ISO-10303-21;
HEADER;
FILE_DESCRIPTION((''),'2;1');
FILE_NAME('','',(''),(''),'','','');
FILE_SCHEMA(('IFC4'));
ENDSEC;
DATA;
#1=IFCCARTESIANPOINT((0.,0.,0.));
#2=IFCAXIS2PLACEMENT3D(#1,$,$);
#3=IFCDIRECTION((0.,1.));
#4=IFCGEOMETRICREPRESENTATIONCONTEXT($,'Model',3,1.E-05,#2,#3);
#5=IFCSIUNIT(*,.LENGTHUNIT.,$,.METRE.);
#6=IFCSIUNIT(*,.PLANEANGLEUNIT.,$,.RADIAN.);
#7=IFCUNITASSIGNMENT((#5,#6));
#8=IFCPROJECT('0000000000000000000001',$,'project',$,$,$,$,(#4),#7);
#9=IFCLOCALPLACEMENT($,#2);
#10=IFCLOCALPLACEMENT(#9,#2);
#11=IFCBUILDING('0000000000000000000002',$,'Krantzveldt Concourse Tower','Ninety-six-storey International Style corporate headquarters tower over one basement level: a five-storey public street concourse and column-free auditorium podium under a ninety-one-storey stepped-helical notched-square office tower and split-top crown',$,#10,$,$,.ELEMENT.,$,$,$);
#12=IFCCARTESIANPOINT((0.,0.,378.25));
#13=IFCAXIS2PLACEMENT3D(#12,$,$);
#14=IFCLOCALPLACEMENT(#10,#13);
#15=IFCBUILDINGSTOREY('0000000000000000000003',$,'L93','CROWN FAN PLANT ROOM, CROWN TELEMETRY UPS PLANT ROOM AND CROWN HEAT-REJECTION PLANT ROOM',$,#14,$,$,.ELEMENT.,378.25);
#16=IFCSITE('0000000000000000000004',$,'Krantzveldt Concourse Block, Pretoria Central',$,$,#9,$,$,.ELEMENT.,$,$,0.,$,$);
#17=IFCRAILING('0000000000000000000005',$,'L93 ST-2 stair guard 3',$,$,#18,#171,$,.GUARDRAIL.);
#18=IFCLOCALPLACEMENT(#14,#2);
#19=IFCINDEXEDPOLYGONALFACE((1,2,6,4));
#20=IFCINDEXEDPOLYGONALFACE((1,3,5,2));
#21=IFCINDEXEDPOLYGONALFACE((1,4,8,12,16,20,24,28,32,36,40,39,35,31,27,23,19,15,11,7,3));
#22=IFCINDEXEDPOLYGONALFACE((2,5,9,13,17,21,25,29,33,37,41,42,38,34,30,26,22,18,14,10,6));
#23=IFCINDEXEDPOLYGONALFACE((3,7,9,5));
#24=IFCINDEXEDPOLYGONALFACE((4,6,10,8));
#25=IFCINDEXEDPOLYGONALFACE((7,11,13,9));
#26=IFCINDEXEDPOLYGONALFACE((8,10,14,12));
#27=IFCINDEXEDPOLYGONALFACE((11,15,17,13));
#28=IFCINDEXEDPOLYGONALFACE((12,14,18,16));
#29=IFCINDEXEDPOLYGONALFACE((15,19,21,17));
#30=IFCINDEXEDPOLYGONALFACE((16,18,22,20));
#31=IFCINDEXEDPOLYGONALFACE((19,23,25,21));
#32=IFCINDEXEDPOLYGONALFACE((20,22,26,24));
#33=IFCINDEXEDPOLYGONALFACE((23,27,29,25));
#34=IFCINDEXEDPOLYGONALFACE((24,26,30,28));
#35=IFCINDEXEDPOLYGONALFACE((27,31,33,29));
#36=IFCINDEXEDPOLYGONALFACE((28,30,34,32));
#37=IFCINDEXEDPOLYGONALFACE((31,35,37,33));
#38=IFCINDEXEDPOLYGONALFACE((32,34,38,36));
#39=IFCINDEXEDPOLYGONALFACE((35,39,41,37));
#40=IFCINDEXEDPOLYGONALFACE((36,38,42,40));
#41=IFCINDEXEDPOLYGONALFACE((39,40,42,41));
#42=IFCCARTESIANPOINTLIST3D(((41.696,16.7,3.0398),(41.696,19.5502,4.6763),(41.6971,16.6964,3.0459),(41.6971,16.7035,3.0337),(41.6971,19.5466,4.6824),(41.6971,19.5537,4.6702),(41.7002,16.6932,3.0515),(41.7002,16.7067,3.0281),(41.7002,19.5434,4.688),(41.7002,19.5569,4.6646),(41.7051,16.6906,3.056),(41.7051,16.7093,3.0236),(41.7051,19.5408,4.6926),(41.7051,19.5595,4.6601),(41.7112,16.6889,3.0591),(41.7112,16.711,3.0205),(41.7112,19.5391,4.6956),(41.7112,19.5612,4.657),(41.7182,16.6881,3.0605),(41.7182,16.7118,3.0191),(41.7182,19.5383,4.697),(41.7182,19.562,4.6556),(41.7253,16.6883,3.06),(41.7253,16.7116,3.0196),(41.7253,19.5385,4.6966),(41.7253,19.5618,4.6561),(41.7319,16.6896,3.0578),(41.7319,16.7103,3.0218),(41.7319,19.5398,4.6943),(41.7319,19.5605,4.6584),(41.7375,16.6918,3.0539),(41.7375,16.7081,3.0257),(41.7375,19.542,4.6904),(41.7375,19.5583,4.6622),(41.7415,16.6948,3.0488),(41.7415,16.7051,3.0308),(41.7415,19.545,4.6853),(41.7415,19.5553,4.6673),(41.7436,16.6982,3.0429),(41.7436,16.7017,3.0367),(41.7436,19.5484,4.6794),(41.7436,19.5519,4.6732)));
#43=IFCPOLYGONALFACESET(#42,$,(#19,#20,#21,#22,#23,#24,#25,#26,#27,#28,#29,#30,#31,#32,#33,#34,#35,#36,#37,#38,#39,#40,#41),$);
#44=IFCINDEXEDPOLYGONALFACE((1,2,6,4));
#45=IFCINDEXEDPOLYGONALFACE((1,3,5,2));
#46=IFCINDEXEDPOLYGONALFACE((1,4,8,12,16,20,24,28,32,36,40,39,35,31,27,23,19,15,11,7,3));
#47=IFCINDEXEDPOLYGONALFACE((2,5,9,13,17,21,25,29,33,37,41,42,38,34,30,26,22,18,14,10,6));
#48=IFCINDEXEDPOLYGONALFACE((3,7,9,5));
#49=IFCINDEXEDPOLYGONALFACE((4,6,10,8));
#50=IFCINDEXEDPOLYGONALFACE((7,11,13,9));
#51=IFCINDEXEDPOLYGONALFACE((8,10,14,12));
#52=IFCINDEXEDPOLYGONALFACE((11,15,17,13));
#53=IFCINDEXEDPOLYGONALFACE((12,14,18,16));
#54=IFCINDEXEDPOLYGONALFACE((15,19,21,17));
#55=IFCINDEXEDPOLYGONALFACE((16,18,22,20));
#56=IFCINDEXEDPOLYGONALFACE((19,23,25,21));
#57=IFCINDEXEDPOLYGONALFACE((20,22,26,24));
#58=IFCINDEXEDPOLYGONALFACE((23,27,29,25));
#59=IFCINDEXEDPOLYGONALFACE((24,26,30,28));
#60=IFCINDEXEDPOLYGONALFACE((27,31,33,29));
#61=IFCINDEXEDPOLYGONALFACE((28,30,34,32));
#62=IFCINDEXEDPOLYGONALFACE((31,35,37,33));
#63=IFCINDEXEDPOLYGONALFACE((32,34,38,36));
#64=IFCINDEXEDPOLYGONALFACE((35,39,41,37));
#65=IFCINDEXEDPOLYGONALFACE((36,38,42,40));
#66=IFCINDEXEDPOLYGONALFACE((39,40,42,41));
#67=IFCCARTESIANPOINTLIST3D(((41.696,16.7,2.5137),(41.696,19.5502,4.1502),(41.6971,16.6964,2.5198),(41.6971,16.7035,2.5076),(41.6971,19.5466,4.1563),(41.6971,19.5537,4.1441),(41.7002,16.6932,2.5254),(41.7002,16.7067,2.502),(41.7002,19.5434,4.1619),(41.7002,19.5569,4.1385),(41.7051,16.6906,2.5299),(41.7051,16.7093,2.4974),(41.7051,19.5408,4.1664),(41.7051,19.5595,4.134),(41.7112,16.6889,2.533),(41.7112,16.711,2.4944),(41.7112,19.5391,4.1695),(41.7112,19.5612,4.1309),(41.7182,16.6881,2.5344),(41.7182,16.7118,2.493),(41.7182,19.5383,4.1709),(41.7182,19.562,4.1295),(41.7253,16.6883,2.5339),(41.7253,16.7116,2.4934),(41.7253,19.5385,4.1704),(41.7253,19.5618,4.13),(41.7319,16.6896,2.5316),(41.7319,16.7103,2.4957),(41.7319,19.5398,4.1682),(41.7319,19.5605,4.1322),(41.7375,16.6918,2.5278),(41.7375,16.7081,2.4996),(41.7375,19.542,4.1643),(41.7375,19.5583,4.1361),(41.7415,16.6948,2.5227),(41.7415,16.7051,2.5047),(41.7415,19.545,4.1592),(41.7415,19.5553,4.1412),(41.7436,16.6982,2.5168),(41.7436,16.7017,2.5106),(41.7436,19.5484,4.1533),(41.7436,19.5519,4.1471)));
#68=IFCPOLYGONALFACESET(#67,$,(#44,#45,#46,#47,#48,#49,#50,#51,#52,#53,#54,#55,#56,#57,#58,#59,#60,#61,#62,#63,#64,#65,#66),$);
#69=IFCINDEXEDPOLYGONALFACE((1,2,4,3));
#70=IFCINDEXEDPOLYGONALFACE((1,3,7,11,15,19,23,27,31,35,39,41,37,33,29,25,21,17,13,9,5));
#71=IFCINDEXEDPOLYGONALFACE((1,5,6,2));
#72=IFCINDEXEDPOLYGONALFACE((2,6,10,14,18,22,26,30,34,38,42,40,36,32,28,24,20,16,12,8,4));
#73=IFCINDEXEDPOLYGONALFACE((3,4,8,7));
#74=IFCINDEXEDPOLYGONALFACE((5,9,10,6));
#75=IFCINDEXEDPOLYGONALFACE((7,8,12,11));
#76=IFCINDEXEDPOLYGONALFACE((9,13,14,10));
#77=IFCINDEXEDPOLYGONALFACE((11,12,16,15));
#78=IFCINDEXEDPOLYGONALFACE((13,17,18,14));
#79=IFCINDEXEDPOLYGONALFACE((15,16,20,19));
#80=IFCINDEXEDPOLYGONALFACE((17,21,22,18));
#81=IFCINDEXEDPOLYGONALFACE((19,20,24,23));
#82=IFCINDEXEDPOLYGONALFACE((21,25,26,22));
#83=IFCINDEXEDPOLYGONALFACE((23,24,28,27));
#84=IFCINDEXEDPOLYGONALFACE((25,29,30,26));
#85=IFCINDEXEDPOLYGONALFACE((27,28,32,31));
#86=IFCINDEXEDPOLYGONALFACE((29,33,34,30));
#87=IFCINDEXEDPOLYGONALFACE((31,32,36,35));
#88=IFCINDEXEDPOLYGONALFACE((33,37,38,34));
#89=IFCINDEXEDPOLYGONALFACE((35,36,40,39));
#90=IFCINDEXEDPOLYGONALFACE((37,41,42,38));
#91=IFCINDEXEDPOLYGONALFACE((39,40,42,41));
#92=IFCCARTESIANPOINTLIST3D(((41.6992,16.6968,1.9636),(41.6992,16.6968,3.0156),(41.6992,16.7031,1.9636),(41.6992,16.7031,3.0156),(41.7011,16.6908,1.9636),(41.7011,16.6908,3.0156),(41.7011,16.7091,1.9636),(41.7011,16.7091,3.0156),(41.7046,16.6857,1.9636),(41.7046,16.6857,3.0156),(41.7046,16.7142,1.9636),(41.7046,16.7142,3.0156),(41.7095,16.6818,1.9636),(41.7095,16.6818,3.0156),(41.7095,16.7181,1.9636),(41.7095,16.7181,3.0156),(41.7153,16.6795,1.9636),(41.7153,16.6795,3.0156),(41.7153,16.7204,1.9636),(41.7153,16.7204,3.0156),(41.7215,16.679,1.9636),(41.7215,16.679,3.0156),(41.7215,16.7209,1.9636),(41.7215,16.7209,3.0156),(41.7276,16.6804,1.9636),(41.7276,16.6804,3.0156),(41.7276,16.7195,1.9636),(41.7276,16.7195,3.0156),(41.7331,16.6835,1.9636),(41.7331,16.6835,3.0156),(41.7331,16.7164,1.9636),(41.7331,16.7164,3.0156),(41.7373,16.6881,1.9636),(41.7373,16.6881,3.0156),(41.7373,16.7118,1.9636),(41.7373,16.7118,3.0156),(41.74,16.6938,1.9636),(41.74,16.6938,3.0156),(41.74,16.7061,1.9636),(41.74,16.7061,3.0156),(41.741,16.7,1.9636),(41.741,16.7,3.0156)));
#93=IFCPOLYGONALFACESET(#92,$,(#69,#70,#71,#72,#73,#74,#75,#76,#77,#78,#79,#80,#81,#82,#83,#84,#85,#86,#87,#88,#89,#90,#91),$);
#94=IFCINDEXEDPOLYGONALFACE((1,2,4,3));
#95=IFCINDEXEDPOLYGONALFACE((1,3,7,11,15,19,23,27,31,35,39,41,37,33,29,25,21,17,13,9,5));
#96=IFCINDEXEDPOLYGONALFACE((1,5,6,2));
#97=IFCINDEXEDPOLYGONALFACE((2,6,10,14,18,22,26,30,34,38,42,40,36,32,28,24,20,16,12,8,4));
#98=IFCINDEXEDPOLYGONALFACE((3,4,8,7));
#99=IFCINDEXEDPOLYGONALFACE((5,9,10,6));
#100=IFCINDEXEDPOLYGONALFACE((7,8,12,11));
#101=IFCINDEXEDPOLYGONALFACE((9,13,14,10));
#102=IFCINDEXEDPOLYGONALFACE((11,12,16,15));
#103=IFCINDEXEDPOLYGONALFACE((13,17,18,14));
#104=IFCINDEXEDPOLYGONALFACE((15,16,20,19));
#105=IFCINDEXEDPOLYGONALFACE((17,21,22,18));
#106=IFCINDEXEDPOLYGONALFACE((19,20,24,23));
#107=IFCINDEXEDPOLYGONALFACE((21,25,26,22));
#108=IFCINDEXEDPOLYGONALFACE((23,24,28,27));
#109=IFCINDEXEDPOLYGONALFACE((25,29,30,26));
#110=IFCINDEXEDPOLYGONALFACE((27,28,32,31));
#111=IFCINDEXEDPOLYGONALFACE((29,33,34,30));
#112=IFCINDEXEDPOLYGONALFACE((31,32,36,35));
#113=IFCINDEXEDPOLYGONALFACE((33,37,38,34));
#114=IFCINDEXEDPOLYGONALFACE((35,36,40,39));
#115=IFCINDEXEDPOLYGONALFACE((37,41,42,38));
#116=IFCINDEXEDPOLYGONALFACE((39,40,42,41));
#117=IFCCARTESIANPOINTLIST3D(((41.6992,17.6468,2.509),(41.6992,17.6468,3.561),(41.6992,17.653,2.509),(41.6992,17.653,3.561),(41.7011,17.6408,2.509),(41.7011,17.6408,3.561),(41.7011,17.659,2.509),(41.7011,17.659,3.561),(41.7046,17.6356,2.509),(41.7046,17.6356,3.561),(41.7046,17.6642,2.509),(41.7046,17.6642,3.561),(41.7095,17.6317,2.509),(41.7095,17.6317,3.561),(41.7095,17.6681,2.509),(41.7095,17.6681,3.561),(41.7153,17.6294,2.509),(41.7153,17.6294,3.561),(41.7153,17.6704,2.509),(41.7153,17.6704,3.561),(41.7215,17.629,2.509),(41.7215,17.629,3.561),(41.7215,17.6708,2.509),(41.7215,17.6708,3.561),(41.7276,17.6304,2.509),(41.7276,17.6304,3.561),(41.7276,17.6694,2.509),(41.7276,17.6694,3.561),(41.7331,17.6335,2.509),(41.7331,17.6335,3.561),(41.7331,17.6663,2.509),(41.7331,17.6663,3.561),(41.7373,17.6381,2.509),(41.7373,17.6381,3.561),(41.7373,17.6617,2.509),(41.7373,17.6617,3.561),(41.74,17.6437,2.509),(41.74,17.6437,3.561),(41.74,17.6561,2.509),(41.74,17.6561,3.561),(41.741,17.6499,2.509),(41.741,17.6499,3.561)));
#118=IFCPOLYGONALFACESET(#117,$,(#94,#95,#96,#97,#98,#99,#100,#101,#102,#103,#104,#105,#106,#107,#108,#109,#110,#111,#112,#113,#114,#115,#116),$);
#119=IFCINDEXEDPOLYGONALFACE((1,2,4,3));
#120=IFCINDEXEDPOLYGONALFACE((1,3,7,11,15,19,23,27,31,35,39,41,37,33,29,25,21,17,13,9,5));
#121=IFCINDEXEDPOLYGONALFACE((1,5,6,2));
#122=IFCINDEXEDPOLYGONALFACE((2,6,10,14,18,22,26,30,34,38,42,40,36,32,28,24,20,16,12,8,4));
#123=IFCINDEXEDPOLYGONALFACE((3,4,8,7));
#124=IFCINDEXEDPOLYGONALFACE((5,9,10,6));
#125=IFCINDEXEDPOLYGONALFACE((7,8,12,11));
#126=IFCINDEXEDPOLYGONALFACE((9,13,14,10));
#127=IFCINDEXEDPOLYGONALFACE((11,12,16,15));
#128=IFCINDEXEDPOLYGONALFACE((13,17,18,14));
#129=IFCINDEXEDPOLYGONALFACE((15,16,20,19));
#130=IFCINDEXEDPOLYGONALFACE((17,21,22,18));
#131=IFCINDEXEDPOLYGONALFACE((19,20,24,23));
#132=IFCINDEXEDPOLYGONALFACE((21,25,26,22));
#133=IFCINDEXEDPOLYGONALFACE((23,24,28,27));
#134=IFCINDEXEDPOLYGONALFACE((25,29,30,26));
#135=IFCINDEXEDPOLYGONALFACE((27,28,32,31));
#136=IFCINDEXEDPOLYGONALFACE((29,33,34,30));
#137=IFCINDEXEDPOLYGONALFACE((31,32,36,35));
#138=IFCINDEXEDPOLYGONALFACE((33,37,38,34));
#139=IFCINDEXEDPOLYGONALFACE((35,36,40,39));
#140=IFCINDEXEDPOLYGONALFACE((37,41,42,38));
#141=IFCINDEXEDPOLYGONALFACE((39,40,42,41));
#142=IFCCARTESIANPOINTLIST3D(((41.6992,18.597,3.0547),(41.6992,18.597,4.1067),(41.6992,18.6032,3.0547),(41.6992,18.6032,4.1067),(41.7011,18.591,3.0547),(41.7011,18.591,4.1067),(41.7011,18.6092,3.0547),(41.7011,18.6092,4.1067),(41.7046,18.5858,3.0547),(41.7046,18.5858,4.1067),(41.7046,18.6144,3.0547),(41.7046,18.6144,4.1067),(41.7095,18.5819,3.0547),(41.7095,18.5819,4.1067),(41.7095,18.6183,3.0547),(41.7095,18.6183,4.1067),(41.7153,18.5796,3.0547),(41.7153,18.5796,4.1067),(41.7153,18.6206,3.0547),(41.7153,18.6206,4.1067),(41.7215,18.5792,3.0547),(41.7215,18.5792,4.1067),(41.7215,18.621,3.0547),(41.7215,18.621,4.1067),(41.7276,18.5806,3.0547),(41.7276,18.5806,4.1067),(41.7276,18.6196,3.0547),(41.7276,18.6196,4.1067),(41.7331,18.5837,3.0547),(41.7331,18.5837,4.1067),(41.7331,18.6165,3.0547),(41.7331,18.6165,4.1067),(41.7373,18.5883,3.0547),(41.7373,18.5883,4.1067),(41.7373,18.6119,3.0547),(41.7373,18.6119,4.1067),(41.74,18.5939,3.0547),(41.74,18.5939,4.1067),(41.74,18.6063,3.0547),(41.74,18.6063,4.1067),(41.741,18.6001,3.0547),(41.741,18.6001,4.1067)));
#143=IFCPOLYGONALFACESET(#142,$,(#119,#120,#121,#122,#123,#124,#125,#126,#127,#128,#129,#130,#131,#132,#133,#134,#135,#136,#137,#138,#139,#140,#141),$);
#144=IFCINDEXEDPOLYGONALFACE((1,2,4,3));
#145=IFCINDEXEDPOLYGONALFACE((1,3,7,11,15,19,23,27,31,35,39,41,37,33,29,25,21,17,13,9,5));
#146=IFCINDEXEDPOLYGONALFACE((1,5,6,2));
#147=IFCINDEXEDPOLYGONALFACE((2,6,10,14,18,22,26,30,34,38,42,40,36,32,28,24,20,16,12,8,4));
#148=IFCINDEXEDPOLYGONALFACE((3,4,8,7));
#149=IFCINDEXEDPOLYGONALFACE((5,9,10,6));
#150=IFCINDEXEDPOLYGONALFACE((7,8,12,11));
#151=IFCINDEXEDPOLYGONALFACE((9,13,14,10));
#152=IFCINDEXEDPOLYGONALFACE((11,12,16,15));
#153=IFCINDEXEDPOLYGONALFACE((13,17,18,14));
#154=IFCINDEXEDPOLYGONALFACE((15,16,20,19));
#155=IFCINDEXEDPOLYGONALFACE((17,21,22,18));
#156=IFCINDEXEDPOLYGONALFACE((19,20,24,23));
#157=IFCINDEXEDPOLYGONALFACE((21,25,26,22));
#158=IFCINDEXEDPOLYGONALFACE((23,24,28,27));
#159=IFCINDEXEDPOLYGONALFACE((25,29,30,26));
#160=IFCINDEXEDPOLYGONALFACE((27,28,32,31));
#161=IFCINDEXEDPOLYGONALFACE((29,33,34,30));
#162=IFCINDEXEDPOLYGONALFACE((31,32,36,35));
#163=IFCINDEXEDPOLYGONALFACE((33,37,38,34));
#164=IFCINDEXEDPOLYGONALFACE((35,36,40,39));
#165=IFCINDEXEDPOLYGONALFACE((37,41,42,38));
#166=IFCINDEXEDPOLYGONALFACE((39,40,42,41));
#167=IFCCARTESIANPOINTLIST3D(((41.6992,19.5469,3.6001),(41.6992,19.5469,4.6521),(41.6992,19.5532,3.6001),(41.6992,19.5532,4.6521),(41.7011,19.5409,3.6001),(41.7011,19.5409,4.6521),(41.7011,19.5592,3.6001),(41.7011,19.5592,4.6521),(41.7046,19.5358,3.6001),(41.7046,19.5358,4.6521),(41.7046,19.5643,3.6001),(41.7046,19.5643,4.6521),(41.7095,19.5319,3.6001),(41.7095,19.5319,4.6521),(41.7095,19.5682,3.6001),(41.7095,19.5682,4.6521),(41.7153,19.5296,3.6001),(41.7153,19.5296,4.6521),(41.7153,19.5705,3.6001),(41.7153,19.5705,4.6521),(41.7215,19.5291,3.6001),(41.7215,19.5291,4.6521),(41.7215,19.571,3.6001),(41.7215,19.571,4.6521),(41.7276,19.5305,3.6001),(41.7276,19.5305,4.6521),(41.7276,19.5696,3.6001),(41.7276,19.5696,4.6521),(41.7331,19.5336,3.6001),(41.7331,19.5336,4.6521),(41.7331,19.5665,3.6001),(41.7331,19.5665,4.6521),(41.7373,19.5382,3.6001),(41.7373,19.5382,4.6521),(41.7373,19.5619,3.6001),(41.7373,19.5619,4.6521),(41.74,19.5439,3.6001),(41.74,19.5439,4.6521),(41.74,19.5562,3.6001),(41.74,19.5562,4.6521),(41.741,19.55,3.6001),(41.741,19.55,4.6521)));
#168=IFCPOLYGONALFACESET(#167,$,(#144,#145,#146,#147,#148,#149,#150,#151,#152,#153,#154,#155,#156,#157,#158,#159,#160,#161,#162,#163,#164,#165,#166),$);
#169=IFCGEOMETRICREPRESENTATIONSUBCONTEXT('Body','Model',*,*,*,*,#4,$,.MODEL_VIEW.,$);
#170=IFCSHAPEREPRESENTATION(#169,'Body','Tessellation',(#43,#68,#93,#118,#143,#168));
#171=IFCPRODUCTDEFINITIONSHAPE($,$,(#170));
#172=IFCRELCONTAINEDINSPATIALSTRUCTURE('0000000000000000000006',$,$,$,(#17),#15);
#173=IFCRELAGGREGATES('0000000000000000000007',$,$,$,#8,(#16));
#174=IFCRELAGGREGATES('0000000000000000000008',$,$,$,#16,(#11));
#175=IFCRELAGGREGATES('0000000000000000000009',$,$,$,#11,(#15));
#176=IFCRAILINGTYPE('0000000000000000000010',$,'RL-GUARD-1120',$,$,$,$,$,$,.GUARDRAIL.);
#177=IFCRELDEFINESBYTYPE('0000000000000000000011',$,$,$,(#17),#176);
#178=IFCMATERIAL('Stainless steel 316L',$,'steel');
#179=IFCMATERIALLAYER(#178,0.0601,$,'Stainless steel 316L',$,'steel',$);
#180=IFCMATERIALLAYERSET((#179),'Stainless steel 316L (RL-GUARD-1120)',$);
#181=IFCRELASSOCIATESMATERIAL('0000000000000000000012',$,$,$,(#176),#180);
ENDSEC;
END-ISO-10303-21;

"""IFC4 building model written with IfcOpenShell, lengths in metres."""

from ifc_helpers import new_model, si_unit, direction, frame, origin, origin_2d, place, context, subcontext, project, spatial, circle, extrude, material, layer, layer_set, type_object, element, save


model = new_model("IFC4")

# Units and contexts
model_context = context("Model", 3, precision=1e-05, world=origin(), true_north=direction((0.0, 1.0)))
body_context = subcontext(model_context, "Body", "Model", "MODEL_VIEW")
ifc_project = project(units=[si_unit("LENGTHUNIT", "METRE"), si_unit("PLANEANGLEUNIT", "RADIAN")], contexts=[model_context])

# Site, building, storey
site_placement = place(None, origin())
site = spatial("IfcSite", under=ifc_project, at=site_placement, Name="Krantzveldt Concourse Block, Pretoria Central", CompositionType="ELEMENT", RefElevation=0.0)
building_placement = place(site_placement, origin())
building = spatial("IfcBuilding", under=site, at=building_placement, Name="Krantzveldt Concourse Tower", Description="Ninety-six-storey International Style corporate headquarters tower over one basement level: a five-storey public street concourse and column-free auditorium podium under a ninety-one-storey stepped-helical notched-square office tower and split-top crown", CompositionType="ELEMENT")
storey_placement = place(building_placement, frame((0.0, 0.0, 378.25)))
storey = spatial("IfcBuildingStorey", under=building, at=storey_placement, Name="L93", Description="CROWN FAN PLANT ROOM, CROWN TELEMETRY UPS PLANT ROOM AND CROWN HEAT-REJECTION PLANT ROOM", CompositionType="ELEMENT", Elevation=378.25)

# Railing
ifc_material_1 = material(Name="Stainless steel 316L", Category="steel")
ifc_layer_1 = layer(ifc_material_1, 0.0601, Name="Stainless steel 316L", Category="steel")
ifc_layer_set_1 = layer_set([ifc_layer_1], Name="Stainless steel 316L (RL-GUARD-1120)")
railing_type_1 = type_object("IfcRailingType", Name="RL-GUARD-1120", PredefinedType="GUARDRAIL", material=ifc_layer_set_1)
railing_1_placement = place(storey_placement, frame((41.72, 16.7, 1.9636)))
element("IfcRailing", 1, at=railing_1_placement, inside=storey, type_object=railing_type_1, Name="L93 ST-2 stair guard 3", PredefinedType="GUARDRAIL", context=body_context, shape_type="SweptSolid", body=[
    extrude(circle(Radius=0.0239, at=origin_2d()), frame((0.0, 0.0, 1.0762), z_axis=(0.0, 0.867213, 0.497938), x_axis=(-1.0, 0.0, 0.0)), (0.0, 0.0, 1.0), 3.2866),
    extrude(circle(Radius=0.0239, at=origin_2d()), frame((0.0, 0.0, 0.55), z_axis=(0.0, 0.867213, 0.497938), x_axis=(-1.0, 0.0, 0.0)), (0.0, 0.0, 1.0), 3.2866),
    extrude(circle(Radius=0.021, at=origin_2d()), origin(), (0.0, 0.0, 1.0), 1.052),
    extrude(circle(Radius=0.021, at=origin_2d()), frame((0.0, 0.95, 0.5454)), (0.0, 0.0, 1.0), 1.052),
    extrude(circle(Radius=0.021, at=origin_2d()), frame((0.0, 1.9001, 1.0911)), (0.0, 0.0, 1.0), 1.052),
    extrude(circle(Radius=0.021, at=origin_2d()), frame((0.0, 2.8501, 1.6365)), (0.0, 0.0, 1.0), 1.052),
])

save(model, "model.ifc")
